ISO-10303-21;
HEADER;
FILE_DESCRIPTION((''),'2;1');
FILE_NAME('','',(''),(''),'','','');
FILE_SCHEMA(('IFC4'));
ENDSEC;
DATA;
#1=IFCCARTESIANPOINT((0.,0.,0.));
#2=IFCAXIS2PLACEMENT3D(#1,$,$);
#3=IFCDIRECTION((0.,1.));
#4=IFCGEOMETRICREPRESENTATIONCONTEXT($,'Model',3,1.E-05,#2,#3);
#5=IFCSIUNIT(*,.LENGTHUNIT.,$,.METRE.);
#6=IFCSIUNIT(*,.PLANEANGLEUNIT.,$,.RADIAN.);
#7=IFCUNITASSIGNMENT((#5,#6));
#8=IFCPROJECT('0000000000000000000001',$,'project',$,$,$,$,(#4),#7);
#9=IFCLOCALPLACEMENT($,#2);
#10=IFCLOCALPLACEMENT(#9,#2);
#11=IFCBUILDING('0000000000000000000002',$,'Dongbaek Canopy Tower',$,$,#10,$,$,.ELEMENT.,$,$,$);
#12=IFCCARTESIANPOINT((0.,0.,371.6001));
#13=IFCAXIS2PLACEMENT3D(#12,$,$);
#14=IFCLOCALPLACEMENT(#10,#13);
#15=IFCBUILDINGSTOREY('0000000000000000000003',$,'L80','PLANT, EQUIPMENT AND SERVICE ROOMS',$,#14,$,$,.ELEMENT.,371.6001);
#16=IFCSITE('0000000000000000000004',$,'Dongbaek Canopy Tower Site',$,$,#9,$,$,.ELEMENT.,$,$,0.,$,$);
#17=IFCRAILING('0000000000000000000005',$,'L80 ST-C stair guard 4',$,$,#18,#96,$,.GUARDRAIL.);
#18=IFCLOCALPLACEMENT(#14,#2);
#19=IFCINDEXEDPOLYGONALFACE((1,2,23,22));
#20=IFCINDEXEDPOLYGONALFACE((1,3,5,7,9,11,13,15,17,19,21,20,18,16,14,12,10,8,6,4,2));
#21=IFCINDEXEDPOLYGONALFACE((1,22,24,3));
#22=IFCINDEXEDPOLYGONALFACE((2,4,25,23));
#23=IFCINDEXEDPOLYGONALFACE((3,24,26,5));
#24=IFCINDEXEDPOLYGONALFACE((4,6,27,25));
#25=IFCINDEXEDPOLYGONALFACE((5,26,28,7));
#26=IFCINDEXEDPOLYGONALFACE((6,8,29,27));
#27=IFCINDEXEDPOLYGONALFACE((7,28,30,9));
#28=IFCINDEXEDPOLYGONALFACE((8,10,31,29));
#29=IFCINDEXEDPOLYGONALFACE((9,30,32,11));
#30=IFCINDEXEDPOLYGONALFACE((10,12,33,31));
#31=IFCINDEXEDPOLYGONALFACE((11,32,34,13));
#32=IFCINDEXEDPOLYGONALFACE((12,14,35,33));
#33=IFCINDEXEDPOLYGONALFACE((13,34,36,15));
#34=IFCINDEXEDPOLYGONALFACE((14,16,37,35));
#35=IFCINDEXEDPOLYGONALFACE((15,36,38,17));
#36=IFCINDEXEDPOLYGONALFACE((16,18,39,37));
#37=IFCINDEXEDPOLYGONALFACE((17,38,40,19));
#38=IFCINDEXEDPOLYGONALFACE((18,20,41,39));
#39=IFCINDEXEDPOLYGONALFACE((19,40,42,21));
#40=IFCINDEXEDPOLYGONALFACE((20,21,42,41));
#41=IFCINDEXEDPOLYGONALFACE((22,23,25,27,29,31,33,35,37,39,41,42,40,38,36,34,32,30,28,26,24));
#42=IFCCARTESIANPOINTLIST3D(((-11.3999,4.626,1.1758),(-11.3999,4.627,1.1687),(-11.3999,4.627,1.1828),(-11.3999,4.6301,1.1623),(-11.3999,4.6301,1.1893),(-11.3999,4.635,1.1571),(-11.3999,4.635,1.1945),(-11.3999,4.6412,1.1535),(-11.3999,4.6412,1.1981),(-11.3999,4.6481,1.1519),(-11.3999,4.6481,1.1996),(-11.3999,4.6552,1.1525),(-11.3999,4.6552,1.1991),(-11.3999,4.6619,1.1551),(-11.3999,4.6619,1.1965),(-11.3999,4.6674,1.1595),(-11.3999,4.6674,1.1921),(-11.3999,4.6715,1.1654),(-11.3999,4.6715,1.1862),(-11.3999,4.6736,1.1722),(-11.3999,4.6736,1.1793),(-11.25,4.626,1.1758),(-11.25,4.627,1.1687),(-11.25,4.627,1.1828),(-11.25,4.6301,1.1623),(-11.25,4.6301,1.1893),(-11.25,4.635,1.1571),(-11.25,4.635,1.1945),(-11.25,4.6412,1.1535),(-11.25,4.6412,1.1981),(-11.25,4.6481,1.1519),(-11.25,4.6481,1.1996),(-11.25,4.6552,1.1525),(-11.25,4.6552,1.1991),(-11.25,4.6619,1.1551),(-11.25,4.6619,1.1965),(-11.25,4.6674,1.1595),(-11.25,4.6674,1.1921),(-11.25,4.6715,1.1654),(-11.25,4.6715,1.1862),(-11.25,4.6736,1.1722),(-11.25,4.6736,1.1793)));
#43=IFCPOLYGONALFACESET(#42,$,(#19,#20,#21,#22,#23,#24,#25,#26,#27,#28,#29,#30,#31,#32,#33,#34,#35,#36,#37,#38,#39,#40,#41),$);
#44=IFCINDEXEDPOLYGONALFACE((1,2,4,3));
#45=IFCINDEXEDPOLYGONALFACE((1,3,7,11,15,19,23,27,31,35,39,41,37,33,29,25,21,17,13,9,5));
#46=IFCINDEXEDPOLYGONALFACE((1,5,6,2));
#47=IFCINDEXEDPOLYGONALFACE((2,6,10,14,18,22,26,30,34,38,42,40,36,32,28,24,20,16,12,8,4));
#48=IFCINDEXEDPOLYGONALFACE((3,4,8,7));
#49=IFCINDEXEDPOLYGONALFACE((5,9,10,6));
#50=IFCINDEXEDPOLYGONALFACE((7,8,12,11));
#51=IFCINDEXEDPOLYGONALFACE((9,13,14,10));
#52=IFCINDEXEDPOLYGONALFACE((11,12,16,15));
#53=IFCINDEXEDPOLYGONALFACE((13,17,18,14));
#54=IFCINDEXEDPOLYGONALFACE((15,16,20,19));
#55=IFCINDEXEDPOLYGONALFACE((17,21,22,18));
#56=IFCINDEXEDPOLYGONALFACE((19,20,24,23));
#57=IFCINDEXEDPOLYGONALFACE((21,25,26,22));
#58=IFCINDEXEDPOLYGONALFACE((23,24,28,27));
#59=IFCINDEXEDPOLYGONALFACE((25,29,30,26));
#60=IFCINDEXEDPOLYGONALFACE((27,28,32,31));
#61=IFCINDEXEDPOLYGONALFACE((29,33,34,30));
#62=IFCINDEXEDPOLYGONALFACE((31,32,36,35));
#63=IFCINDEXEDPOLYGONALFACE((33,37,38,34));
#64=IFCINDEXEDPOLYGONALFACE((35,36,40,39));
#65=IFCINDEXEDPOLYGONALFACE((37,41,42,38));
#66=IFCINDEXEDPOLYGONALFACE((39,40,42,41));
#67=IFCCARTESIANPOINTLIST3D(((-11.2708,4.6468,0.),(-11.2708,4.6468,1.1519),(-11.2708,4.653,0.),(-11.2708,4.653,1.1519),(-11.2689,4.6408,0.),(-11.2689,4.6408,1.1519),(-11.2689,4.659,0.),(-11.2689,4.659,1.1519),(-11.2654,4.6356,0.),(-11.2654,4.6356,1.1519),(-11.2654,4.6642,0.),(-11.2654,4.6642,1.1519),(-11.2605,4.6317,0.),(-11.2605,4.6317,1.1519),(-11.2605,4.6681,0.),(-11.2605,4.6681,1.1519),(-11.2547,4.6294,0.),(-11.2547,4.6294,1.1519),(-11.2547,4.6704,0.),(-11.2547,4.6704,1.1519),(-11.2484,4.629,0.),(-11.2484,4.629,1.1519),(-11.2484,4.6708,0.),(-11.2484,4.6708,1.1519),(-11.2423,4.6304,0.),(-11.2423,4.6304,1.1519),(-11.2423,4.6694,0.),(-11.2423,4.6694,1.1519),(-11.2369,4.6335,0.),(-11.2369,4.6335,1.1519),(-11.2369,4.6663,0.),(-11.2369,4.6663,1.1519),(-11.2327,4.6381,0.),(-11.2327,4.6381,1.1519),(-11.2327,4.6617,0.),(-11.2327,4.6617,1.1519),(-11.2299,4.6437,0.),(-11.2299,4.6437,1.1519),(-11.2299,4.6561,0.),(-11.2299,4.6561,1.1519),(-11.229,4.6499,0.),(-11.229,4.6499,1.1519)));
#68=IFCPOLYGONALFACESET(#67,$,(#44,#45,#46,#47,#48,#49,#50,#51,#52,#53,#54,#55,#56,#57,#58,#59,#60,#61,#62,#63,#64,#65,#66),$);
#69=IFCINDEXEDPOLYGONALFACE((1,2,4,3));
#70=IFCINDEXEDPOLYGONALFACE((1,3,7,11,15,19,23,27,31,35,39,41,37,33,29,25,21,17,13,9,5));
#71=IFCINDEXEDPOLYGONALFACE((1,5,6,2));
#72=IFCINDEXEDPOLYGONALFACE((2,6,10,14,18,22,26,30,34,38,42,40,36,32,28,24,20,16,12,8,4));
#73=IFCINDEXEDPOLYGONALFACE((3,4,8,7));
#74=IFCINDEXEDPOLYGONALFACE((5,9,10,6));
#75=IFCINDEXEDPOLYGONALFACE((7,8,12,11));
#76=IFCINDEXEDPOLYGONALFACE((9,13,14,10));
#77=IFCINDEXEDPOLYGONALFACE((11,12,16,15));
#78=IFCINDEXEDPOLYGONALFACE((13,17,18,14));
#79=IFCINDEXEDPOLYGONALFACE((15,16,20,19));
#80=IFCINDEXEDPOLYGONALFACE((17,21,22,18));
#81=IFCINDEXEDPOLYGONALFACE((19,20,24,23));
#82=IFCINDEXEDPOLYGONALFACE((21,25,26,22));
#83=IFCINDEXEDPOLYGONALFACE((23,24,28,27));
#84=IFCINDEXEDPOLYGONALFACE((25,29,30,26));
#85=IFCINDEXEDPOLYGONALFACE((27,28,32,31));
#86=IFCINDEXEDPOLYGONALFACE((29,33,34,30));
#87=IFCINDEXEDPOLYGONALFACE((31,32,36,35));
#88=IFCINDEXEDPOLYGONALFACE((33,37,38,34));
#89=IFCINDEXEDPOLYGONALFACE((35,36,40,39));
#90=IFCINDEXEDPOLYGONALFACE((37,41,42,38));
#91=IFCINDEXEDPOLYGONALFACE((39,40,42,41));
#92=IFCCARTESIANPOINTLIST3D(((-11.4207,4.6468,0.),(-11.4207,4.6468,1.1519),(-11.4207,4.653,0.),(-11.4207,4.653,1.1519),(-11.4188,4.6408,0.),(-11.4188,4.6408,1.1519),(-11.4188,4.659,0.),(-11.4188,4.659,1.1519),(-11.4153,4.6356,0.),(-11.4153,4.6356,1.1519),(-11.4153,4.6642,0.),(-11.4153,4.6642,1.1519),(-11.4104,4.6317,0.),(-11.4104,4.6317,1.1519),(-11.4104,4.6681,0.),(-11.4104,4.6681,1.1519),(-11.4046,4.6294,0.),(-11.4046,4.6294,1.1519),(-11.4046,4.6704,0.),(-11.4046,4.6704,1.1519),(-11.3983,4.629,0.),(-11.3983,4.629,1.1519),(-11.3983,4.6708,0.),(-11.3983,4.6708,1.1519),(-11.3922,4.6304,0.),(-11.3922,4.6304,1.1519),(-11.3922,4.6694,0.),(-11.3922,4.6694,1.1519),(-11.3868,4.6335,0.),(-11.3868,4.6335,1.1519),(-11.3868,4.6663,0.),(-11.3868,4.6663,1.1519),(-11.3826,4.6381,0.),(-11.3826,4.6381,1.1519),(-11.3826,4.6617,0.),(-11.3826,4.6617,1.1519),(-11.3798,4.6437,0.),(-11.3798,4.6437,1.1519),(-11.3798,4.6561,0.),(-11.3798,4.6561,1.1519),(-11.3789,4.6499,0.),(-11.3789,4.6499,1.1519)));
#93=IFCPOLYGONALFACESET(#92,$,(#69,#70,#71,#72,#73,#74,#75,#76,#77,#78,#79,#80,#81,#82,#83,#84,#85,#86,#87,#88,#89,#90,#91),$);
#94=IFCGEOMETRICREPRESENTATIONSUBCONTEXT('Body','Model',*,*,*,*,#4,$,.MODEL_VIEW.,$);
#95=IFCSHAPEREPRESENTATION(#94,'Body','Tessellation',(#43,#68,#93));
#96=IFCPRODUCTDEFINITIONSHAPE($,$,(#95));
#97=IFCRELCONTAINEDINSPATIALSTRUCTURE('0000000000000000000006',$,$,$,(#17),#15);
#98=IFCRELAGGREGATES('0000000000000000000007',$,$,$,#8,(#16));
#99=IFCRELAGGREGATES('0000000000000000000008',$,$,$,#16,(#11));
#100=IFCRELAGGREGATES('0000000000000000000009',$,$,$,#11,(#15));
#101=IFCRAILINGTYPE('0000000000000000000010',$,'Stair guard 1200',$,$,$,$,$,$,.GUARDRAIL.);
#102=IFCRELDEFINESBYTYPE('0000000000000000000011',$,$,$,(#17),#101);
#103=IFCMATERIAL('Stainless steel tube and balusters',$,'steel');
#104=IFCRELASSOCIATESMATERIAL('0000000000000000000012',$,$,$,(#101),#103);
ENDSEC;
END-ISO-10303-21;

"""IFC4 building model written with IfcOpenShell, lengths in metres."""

from ifc_helpers import new_model, si_unit, direction, frame, origin, origin_2d, place, context, subcontext, project, spatial, circle, extrude, material, type_object, element, save


model = new_model("IFC4")

# Units and contexts
model_context = context("Model", 3, precision=1e-05, world=origin(), true_north=direction((0.0, 1.0)))
body_context = subcontext(model_context, "Body", "Model", "MODEL_VIEW")
ifc_project = project(units=[si_unit("LENGTHUNIT", "METRE"), si_unit("PLANEANGLEUNIT", "RADIAN")], contexts=[model_context])

# Site, building, storey
site_placement = place(None, origin())
site = spatial("IfcSite", under=ifc_project, at=site_placement, Name="Dongbaek Canopy Tower Site", CompositionType="ELEMENT", RefElevation=0.0)
building_placement = place(site_placement, origin())
building = spatial("IfcBuilding", under=site, at=building_placement, Name="Dongbaek Canopy Tower", CompositionType="ELEMENT")
storey_placement = place(building_placement, frame((0.0, 0.0, 371.6001)))
storey = spatial("IfcBuildingStorey", under=building, at=storey_placement, Name="L80", Description="PLANT, EQUIPMENT AND SERVICE ROOMS", CompositionType="ELEMENT", Elevation=371.6001)

# Railing
ifc_material_1 = material(Name="Stainless steel tube and balusters", Category="steel")
railing_type_1 = type_object("IfcRailingType", Name="Stair guard 1200", PredefinedType="GUARDRAIL", material=ifc_material_1)
railing_1_placement = place(storey_placement, frame((-11.25, 4.6499, 0.0)))
element("IfcRailing", 1, at=railing_1_placement, inside=storey, type_object=railing_type_1, Name="L80 ST-C stair guard 4", PredefinedType="GUARDRAIL", context=body_context, shape_type="SweptSolid", body=[
    extrude(circle(Radius=0.0239, at=origin_2d()), frame((0.0, 0.0, 1.1758), z_axis=(-1.0, 0.0, 0.0), x_axis=(0.0, -1.0, 0.0)), (0.0, 0.0, 1.0), 0.1499),
    extrude(circle(Radius=0.021, at=origin_2d()), origin(), (0.0, 0.0, 1.0), 1.1519),
    extrude(circle(Radius=0.021, at=origin_2d()), frame((-0.1499, 0.0, 0.0)), (0.0, 0.0, 1.0), 1.1519),
])

save(model, "model.ifc")
